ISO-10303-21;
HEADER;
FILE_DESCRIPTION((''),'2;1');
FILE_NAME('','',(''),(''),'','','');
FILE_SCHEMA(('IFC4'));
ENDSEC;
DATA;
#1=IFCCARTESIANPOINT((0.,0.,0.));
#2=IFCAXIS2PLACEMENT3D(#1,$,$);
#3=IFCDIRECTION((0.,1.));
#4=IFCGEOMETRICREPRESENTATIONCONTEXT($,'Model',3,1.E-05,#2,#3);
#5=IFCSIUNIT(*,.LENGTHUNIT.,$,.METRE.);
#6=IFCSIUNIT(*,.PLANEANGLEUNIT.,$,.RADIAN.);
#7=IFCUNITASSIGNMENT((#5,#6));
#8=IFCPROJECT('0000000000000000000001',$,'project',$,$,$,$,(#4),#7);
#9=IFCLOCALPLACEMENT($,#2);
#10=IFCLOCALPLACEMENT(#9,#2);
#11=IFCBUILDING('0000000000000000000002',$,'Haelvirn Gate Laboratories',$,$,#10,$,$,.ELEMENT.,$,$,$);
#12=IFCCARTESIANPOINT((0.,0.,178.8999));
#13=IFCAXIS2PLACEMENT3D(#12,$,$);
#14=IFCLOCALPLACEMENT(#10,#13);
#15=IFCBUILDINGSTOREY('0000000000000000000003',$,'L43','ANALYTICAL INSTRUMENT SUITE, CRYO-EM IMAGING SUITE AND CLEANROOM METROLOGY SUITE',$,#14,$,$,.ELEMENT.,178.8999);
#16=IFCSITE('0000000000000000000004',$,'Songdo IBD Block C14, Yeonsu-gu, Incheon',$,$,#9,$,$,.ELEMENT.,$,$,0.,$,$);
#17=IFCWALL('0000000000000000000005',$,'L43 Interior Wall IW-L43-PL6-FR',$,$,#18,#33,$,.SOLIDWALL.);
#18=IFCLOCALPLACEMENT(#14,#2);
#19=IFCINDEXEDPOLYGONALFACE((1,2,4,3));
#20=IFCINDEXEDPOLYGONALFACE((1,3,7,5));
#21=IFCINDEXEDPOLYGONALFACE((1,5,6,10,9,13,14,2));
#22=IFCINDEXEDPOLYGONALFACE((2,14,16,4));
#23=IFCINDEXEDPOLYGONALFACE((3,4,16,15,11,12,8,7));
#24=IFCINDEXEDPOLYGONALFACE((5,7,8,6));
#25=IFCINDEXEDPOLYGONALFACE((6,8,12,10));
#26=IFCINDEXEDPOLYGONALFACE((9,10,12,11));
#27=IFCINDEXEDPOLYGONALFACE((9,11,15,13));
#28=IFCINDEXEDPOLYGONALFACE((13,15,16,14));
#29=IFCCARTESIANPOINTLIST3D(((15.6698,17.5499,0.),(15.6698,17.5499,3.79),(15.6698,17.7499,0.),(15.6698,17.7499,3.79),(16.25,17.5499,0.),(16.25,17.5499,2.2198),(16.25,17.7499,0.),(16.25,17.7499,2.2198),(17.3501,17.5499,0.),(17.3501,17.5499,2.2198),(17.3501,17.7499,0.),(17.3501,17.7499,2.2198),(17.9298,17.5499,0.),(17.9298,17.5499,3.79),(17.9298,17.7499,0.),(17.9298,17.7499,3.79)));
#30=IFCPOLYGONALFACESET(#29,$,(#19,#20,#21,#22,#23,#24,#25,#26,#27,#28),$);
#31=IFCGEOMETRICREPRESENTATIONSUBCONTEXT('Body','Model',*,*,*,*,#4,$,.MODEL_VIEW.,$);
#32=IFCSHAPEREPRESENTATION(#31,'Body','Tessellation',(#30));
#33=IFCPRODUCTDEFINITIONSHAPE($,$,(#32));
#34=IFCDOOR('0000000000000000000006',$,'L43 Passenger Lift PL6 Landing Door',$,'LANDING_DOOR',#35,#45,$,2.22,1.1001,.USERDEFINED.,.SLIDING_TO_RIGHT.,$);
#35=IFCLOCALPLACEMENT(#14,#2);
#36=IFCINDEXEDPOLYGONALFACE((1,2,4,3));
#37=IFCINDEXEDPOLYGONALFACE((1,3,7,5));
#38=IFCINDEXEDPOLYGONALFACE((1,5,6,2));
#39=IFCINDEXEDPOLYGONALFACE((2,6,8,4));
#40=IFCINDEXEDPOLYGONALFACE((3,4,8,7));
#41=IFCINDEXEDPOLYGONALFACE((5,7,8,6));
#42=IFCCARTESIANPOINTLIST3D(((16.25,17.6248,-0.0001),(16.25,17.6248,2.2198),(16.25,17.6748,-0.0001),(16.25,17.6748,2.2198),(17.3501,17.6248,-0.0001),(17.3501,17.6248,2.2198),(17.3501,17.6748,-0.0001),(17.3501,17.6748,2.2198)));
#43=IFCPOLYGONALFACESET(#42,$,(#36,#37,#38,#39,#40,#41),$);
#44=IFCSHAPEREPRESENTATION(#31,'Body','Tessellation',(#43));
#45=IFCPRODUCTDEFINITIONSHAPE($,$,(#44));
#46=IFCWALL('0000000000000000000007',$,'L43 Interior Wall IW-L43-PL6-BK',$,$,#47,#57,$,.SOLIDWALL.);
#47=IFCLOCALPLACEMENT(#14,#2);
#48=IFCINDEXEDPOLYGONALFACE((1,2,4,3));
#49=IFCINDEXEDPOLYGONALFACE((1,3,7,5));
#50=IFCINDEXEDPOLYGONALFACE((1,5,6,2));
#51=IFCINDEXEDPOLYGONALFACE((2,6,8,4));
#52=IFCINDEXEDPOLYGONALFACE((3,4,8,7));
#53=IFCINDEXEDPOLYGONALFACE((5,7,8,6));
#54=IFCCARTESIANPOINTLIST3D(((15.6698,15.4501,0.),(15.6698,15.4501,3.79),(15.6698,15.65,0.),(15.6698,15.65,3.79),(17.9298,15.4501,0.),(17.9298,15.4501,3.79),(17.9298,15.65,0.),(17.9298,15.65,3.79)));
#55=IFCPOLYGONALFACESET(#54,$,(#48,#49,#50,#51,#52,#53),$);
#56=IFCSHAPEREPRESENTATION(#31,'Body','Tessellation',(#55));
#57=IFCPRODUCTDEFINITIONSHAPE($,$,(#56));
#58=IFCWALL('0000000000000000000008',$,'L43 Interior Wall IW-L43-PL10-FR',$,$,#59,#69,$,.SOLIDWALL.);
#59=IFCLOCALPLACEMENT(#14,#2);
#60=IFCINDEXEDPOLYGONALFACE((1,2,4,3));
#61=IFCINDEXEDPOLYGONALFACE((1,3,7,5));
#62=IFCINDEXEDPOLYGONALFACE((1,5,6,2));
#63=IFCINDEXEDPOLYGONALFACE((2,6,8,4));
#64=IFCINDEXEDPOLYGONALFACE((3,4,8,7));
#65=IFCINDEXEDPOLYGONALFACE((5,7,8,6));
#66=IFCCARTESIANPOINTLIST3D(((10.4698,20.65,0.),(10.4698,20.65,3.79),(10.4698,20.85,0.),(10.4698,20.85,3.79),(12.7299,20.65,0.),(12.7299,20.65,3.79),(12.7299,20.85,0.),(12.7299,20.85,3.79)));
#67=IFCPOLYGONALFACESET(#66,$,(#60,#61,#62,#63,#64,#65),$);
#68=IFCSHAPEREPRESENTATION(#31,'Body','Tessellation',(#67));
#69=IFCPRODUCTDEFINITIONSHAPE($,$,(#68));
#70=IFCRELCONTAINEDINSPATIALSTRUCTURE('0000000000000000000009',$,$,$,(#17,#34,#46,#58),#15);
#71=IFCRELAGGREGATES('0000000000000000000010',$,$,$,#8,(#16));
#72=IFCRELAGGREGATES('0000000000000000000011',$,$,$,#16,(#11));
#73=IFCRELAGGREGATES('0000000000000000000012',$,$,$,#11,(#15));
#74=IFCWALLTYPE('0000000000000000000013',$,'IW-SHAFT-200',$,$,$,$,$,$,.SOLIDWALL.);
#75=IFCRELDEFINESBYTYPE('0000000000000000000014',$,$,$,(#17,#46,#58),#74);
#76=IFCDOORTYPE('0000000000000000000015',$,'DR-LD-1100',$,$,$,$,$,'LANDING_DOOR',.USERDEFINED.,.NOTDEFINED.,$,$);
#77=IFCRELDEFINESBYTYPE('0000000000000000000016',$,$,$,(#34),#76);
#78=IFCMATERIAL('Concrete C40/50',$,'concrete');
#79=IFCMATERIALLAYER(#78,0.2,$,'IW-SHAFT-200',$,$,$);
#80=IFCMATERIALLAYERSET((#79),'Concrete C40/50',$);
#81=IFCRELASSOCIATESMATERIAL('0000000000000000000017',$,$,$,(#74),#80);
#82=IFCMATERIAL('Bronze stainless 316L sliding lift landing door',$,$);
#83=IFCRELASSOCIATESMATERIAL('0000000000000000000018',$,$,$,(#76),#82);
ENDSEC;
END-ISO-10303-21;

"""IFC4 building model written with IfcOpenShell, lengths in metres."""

from ifc_helpers import new_model, si_unit, direction, frame, frame_2d, origin, place, context, subcontext, project, spatial, rectangle, extrude, source, transform, mapped, material, layer, layer_set, type_object, type_shapes, element, fill, save


model = new_model("IFC4")

# Units and contexts
model_context = context("Model", 3, precision=1e-05, world=origin(), true_north=direction((0.0, 1.0)))
body_context = subcontext(model_context, "Body", "Model", "MODEL_VIEW")
ifc_project = project(units=[si_unit("LENGTHUNIT", "METRE"), si_unit("PLANEANGLEUNIT", "RADIAN")], contexts=[model_context])

# Site, building, storey
site_placement = place(None, origin())
site = spatial("IfcSite", under=ifc_project, at=site_placement, Name="Songdo IBD Block C14, Yeonsu-gu, Incheon", CompositionType="ELEMENT", RefElevation=0.0)
building_placement = place(site_placement, origin())
building = spatial("IfcBuilding", under=site, at=building_placement, Name="Haelvirn Gate Laboratories", CompositionType="ELEMENT")
storey_placement = place(building_placement, frame((0.0, 0.0, 178.8999)))
storey = spatial("IfcBuildingStorey", under=building, at=storey_placement, Name="L43", Description="ANALYTICAL INSTRUMENT SUITE, CRYO-EM IMAGING SUITE AND CLEANROOM METROLOGY SUITE", CompositionType="ELEMENT", Elevation=178.8999)

# Shared definitions
ifc_material_1 = material(Name="Concrete C40/50", Category="concrete")

# Shared definitions
ifc_layer_1 = layer(ifc_material_1, 0.2, Name="IW-SHAFT-200")
ifc_layer_set_1 = layer_set([ifc_layer_1], Name="Concrete C40/50")
wall_type_1 = type_object("IfcWallType", Name="IW-SHAFT-200", PredefinedType="SOLIDWALL", material=ifc_layer_set_1)
ifc_material_2 = material(Name="Bronze stainless 316L sliding lift landing door")
door_type_1 = type_object("IfcDoorType", Name="DR-LD-1100", ElementType="LANDING_DOOR", OperationType="NOTDEFINED", PredefinedType="USERDEFINED", material=ifc_material_2)
shared_shape_1 = source(origin(), body_context, "Body", "SweptSolid", [
    extrude(rectangle(XDim=1.1001, YDim=2.22, at=frame_2d((0.55, 1.1099))), frame((0.0, 0.0249, 0.0), z_axis=(0.0, -1.0, 0.0), x_axis=(1.0, 0.0, 0.0)), (0.0, 0.0, 1.0), 0.05),
])
type_shapes(door_type_1, [shared_shape_1])

# Wall, opening, door
wall_1_placement = place(storey_placement, frame((15.6699, 17.6499, 0.0), z_axis=(0.0, 0.0, 1.0), x_axis=(1.0, 0.0, 0.0)))
wall_1 = element("IfcWall", 1, at=wall_1_placement, inside=storey, type_object=wall_type_1, Name="L43 Interior Wall IW-L43-PL6-FR", PredefinedType="SOLIDWALL", context=body_context, shape_type="SweptSolid", body=[
    extrude(rectangle(XDim=2.26, YDim=0.2, at=frame_2d((1.1299, 0.0))), origin(), (0.0, 0.0, 1.0), 3.79),
])
opening_1_placement = place(wall_1_placement, frame((0.5801, 0.0, 0.0)))
opening_1 = element("IfcOpeningElement", 2, at=opening_1_placement, cuts=wall_1, PredefinedType="OPENING", context=body_context, shape_type="SweptSolid", body=[
    extrude(rectangle(XDim=1.1001, YDim=2.22, at=frame_2d((0.55, 1.1099))), frame((0.0, 0.1099, 0.0), z_axis=(0.0, -1.0, 0.0), x_axis=(1.0, 0.0, 0.0)), (0.0, 0.0, 1.0), 0.22),
])
door_1_placement = place(opening_1_placement, origin())
door_1 = element("IfcDoor", 3, at=door_1_placement, inside=storey, type_object=door_type_1, Name="L43 Passenger Lift PL6 Landing Door", ObjectType="LANDING_DOOR", OperationType="SLIDING_TO_RIGHT", OverallHeight=2.22, OverallWidth=1.1001, PredefinedType="USERDEFINED", context=body_context, shape_type="MappedRepresentation", body=[
    mapped(shared_shape_1, transform((0.0, 0.0, 0.0), scale=1.0)),
])
fill(opening_1, door_1)

# Walls
for number, where, z_axis, x_axis, name in (
    (4, (15.6699, 15.55, 0.0), (0.0, 0.0, 1.0), (1.0, 0.0, 0.0), "L43 Interior Wall IW-L43-PL6-BK"),
    (5, (10.47, 20.75, 0.0), (0.0, 0.0, 1.0), (1.0, 0.0, 0.0), "L43 Interior Wall IW-L43-PL10-FR"),
):
    element("IfcWall", number, at=place(storey_placement, frame(where, z_axis=z_axis, x_axis=x_axis)), inside=storey, type_object=wall_type_1, Name=name, PredefinedType="SOLIDWALL", context=body_context, shape_type="SweptSolid", body=[
        extrude(rectangle(XDim=2.26, YDim=0.2, at=frame_2d((1.1299, 0.0))), origin(), (0.0, 0.0, 1.0), 3.79),
    ])

save(model, "model.ifc")
